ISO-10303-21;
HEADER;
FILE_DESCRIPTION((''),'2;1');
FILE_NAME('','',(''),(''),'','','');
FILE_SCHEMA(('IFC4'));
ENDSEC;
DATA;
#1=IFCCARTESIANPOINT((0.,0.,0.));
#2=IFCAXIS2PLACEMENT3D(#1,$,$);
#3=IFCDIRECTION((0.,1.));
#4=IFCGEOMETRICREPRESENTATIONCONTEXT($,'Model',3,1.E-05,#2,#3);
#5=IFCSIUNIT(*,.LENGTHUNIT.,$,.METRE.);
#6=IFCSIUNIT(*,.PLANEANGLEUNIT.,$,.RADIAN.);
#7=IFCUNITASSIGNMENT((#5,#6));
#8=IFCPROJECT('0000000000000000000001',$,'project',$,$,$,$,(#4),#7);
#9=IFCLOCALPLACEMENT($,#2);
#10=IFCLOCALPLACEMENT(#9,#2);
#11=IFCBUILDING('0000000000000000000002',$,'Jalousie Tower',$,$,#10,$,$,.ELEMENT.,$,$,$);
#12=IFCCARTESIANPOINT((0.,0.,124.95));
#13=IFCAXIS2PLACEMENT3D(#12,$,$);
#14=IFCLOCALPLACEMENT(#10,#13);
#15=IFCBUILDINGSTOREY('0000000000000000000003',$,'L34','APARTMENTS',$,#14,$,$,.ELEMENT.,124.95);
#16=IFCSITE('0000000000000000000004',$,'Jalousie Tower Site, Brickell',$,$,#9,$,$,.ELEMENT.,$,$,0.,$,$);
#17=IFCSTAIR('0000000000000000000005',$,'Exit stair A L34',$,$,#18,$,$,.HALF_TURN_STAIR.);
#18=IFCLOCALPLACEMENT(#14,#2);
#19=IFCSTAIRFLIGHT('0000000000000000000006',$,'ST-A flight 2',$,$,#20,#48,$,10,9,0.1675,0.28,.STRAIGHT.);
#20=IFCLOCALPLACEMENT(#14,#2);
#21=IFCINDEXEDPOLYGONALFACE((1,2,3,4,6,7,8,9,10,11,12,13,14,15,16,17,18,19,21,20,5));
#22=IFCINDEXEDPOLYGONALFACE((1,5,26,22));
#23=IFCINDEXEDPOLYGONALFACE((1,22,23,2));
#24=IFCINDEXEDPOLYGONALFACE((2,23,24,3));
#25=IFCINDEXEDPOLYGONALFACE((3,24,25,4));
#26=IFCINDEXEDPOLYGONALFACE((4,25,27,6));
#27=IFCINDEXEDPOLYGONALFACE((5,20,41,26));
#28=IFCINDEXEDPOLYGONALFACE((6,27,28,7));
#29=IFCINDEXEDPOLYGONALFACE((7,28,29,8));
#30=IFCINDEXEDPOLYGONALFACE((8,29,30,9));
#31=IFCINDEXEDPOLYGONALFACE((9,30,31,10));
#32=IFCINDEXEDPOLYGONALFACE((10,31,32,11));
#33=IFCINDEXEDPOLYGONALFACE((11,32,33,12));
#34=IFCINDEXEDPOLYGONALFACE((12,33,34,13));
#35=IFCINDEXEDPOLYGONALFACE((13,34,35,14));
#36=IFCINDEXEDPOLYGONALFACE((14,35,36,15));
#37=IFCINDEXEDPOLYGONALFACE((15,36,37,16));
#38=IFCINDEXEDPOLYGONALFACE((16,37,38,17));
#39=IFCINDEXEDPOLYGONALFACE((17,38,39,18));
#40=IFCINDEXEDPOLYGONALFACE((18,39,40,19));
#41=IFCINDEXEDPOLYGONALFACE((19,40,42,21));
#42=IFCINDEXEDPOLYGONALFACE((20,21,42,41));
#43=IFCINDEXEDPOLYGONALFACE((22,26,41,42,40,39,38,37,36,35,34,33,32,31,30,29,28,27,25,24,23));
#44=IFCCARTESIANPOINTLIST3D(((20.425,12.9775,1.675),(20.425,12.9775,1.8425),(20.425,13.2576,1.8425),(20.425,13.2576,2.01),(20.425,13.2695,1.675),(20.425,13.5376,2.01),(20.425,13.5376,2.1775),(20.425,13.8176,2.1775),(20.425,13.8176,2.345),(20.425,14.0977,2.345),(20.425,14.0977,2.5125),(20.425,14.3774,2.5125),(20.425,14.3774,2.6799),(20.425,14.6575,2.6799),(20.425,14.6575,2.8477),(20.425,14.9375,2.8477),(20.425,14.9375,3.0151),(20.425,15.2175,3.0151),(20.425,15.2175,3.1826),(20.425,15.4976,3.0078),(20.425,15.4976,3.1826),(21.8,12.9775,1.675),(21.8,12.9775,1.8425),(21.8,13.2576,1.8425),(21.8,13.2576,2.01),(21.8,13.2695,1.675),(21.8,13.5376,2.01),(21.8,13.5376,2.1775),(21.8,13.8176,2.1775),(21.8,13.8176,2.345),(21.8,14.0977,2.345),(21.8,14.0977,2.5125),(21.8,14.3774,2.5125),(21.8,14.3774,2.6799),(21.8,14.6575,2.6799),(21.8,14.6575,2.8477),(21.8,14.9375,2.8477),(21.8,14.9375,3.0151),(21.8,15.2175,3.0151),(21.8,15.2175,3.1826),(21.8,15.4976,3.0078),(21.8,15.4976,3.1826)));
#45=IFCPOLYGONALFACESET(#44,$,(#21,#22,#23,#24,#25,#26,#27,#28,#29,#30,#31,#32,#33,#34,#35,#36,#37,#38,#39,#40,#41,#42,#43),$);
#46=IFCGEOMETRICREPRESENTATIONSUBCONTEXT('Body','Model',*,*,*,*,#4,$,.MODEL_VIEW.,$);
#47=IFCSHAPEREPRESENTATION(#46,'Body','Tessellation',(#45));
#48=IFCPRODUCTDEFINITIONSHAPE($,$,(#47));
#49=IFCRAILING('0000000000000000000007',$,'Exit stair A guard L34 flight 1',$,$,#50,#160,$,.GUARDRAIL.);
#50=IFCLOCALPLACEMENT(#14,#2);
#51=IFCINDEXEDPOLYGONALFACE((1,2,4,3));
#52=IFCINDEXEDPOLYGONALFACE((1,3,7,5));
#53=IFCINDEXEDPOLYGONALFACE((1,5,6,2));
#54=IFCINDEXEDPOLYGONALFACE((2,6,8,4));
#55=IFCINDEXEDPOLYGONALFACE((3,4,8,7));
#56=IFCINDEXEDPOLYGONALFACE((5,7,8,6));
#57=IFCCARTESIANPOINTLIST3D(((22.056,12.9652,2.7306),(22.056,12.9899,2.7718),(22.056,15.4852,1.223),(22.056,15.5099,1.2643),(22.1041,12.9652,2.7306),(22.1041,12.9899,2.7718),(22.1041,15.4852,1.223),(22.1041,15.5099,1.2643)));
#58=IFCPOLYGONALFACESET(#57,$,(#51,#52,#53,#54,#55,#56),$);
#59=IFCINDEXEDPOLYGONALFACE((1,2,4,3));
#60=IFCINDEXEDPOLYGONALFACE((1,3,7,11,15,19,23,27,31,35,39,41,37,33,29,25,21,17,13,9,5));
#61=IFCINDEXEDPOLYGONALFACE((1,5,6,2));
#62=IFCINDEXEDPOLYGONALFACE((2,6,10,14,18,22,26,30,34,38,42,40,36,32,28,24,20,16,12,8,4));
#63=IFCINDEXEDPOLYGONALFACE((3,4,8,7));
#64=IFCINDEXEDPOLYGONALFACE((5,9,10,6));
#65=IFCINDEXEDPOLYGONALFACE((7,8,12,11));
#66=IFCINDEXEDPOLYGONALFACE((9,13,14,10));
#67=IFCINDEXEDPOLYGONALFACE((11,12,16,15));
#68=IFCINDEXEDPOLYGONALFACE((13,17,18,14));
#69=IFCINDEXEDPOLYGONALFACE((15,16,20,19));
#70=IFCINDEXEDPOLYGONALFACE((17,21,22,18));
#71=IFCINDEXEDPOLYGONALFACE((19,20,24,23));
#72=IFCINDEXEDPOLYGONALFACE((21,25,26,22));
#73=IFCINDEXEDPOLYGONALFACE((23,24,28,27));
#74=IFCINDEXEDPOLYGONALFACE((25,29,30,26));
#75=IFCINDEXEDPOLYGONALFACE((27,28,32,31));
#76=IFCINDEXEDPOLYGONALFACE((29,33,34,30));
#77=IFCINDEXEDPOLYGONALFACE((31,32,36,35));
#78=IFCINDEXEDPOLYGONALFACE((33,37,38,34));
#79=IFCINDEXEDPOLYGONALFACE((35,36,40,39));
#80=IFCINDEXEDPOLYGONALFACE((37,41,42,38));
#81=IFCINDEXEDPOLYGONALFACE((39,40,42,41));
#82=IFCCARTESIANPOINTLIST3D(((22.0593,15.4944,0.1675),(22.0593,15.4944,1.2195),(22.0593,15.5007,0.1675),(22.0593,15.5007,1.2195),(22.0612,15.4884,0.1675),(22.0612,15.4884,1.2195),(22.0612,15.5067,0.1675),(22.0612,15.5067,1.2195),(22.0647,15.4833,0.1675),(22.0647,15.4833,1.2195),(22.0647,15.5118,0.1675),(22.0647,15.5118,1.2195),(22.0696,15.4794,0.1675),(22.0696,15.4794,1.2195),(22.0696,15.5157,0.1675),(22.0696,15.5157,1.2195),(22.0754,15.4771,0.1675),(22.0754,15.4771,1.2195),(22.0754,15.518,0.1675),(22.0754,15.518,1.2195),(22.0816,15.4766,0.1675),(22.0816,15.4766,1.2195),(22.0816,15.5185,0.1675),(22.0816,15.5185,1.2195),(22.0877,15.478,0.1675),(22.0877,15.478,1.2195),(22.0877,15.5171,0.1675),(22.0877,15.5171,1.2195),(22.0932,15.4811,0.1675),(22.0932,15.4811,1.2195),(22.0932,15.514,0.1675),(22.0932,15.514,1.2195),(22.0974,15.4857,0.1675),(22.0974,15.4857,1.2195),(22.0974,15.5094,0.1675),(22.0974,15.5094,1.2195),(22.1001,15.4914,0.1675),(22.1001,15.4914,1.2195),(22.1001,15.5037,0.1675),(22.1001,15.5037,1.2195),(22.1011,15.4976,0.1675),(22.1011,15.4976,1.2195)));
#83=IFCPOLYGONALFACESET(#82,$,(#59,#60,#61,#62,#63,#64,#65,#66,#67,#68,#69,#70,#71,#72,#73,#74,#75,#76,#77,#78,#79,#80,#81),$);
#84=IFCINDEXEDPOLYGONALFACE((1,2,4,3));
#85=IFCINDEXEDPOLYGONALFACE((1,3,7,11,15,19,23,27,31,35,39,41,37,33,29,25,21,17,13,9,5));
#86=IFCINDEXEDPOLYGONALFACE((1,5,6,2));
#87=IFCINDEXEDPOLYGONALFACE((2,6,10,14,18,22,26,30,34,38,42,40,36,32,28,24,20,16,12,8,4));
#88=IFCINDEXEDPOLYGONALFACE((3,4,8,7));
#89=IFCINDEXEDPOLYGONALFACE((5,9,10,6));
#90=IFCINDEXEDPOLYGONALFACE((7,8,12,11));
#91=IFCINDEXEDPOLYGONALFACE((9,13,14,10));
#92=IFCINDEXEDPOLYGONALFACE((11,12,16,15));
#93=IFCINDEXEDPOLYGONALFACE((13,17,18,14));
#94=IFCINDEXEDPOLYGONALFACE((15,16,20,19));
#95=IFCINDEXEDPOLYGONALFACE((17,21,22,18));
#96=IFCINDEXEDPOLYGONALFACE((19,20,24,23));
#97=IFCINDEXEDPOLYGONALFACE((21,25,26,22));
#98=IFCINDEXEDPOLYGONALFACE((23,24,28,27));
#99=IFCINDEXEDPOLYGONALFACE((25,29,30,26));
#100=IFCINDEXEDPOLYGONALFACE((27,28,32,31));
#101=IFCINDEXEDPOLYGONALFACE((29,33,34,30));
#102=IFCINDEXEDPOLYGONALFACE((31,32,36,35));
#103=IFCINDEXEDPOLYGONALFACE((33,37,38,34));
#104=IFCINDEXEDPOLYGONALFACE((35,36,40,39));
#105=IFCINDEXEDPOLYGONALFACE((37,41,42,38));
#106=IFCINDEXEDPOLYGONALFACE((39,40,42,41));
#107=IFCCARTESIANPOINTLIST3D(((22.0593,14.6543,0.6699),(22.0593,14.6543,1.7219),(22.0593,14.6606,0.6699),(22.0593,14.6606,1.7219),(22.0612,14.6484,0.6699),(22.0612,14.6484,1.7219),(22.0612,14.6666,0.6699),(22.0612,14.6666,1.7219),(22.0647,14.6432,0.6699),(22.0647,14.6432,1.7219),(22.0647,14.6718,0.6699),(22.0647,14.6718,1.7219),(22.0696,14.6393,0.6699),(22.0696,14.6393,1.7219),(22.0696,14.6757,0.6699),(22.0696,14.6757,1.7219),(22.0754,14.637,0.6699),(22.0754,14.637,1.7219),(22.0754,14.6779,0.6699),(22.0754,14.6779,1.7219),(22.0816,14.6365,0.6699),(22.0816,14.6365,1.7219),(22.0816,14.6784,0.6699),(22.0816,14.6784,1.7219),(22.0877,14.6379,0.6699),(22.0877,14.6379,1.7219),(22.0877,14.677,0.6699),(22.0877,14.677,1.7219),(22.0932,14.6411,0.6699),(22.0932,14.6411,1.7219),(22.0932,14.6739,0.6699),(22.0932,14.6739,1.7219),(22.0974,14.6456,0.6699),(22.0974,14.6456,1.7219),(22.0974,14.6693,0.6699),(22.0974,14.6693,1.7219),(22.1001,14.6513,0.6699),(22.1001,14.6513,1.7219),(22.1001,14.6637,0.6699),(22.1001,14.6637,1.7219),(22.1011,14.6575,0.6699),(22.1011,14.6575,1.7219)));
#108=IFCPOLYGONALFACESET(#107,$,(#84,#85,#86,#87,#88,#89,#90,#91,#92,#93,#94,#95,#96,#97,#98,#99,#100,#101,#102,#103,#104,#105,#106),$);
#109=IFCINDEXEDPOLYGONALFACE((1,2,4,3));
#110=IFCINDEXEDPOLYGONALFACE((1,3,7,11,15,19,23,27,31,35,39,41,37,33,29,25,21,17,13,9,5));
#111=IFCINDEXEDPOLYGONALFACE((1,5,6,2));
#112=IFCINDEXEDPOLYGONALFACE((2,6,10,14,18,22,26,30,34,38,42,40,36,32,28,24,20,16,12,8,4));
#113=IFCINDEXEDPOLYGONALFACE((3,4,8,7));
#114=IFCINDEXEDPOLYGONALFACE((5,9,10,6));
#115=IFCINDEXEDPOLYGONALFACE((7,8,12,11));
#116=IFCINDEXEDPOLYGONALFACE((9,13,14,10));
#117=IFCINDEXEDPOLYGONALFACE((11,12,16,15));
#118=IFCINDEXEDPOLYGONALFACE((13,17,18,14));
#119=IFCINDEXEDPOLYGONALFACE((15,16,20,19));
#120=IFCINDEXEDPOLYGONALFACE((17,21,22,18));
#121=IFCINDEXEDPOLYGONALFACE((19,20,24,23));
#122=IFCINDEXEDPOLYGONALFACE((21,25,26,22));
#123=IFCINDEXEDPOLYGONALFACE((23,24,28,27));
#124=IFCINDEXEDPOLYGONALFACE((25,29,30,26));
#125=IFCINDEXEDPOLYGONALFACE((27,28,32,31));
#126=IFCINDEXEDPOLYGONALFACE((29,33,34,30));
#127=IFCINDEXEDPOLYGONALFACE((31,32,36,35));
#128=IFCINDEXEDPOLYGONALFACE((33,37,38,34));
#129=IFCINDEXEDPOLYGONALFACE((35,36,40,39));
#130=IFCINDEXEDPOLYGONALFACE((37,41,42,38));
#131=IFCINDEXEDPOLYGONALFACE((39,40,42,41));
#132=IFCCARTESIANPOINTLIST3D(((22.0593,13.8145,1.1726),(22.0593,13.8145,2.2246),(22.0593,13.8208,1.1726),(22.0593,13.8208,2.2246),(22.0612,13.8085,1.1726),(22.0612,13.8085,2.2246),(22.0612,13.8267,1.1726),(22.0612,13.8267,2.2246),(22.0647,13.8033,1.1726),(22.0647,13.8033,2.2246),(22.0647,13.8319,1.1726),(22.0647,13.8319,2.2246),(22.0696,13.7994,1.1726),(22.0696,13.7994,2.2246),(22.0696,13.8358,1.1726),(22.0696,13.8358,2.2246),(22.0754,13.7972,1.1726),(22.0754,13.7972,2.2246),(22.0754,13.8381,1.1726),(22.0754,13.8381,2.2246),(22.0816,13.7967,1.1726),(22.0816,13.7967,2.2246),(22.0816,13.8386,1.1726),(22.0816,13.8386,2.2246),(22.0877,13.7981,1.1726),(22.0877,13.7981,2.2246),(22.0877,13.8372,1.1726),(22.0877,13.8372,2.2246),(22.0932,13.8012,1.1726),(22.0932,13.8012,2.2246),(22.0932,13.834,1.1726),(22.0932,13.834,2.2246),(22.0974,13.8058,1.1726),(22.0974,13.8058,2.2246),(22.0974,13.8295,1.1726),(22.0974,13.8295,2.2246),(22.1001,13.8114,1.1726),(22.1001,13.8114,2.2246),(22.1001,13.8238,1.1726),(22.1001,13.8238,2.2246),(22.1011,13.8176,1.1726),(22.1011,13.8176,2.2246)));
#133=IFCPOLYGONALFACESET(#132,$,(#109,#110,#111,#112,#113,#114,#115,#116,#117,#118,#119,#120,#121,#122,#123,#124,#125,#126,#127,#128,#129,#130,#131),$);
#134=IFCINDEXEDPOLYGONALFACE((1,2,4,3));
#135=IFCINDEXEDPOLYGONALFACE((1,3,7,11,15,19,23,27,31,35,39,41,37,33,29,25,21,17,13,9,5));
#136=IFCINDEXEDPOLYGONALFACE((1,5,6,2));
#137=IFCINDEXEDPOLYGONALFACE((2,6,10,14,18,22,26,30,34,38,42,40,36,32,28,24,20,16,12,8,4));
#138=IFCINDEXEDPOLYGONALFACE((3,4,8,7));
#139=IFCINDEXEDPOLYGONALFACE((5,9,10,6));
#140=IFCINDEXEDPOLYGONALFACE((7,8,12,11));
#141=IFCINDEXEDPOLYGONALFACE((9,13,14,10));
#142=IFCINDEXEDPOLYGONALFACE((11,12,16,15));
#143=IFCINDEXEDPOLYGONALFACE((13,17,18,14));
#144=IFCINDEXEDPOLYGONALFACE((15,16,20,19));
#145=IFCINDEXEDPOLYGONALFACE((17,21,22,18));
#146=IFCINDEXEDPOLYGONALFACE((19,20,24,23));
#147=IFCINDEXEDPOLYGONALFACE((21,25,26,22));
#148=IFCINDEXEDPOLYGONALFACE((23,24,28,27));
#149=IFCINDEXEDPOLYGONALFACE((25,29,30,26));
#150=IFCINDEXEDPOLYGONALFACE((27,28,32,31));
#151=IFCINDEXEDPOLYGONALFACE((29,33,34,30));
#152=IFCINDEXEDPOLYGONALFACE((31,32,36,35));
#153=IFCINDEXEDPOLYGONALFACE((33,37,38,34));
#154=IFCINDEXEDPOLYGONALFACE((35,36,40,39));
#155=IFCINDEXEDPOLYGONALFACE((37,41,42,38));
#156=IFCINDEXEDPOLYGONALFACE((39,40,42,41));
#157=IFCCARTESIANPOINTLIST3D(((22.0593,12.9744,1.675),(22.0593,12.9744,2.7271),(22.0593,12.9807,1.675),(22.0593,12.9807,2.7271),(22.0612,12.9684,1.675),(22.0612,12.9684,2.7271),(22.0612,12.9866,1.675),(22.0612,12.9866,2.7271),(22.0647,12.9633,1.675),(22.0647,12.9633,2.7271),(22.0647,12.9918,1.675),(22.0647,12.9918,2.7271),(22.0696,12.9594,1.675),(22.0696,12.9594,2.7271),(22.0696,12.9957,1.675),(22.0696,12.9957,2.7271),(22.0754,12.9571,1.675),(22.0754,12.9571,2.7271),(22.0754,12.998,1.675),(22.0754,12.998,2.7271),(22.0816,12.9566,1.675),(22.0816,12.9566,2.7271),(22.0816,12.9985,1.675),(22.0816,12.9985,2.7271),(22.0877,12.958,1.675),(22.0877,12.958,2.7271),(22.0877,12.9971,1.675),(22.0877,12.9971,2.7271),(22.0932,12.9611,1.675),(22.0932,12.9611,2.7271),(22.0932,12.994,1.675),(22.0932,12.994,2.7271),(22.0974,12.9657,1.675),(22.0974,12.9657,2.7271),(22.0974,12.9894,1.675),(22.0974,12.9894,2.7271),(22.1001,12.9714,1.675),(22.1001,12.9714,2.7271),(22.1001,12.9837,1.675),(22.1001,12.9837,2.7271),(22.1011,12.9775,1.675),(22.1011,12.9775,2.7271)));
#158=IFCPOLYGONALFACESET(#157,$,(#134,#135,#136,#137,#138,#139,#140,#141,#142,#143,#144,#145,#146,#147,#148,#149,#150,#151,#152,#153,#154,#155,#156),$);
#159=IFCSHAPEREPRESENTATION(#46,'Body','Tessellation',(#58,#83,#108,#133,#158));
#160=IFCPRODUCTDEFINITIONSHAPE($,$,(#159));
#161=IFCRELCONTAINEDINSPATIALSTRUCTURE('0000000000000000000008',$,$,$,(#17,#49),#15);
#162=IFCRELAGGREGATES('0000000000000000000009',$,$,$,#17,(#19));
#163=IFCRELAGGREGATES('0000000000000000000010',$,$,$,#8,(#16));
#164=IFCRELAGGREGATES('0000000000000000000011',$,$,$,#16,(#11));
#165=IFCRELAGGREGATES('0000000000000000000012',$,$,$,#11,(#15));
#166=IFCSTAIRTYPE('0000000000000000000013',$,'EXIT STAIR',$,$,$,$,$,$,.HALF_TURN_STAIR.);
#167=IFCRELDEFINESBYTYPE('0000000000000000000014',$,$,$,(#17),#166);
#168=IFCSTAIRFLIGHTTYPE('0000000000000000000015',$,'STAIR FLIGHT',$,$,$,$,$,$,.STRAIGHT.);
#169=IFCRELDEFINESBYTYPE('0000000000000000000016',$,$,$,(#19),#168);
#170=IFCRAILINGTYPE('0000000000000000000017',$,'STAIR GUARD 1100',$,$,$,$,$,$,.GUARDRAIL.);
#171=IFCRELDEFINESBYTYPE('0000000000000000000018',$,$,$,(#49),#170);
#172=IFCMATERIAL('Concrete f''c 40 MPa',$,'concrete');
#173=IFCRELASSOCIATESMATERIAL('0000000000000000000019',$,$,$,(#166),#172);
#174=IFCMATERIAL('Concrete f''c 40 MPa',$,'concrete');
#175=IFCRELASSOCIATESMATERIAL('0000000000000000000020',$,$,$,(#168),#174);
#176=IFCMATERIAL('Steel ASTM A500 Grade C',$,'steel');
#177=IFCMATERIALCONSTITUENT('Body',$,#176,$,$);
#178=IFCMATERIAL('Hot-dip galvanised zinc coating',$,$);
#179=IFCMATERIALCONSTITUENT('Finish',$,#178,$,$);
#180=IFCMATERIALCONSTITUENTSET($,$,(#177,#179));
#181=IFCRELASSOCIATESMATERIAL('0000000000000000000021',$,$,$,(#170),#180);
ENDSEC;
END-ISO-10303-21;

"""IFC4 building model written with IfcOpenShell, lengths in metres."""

from ifc_helpers import new_model, si_unit, direction, frame, origin, origin_2d, place, context, subcontext, project, spatial, polyline, rectangle, circle, outline, extrude, material, constituent, constituent_set, type_object, element, aggregate, save


model = new_model("IFC4")

# Units and contexts
model_context = context("Model", 3, precision=1e-05, world=origin(), true_north=direction((0.0, 1.0)))
body_context = subcontext(model_context, "Body", "Model", "MODEL_VIEW")
ifc_project = project(units=[si_unit("LENGTHUNIT", "METRE"), si_unit("PLANEANGLEUNIT", "RADIAN")], contexts=[model_context])

# Site, building, storey
site_placement = place(None, origin())
site = spatial("IfcSite", under=ifc_project, at=site_placement, Name="Jalousie Tower Site, Brickell", CompositionType="ELEMENT", RefElevation=0.0)
building_placement = place(site_placement, origin())
building = spatial("IfcBuilding", under=site, at=building_placement, Name="Jalousie Tower", CompositionType="ELEMENT")
storey_placement = place(building_placement, frame((0.0, 0.0, 124.95)))
storey = spatial("IfcBuildingStorey", under=building, at=storey_placement, Name="L34", Description="APARTMENTS", CompositionType="ELEMENT", Elevation=124.95)

# Stair, stair flight
ifc_material_1 = material(Name="Concrete f'c 40 MPa", Category="concrete")
stair_type = type_object("IfcStairType", Name="EXIT STAIR", PredefinedType="HALF_TURN_STAIR", material=ifc_material_1)
stair_placement = place(storey_placement, origin())
stair = element("IfcStair", 1, at=stair_placement, inside=storey, type_object=stair_type, Name="Exit stair A L34", PredefinedType="HALF_TURN_STAIR")
ifc_material_2 = material(Name="Concrete f'c 40 MPa", Category="concrete")
stair_flight_type = type_object("IfcStairFlightType", Name="STAIR FLIGHT", PredefinedType="STRAIGHT", material=ifc_material_2)
stair_flight_1_placement = place(storey_placement, frame((21.1125, 12.9775, 1.675), z_axis=(0.0, 0.0, 1.0), x_axis=(0.0, 1.0, 0.0)))
stair_flight_1 = element("IfcStairFlight", 2, at=stair_flight_1_placement, type_object=stair_flight_type, Name="ST-A flight 2", NumberOfRisers=10, NumberOfTreads=9, PredefinedType="STRAIGHT", RiserHeight=0.1675, TreadLength=0.28, context=body_context, shape_type="SweptSolid", body=[
    extrude(outline(polyline([(0.0, 0.0), (0.0, 0.1675), (0.28, 0.1675), (0.28, 0.335), (0.5601, 0.335), (0.5601, 0.5024), (0.8401, 0.5024), (0.8401, 0.6699), (1.1201, 0.6699), (1.1201, 0.8374), (1.3999, 0.8374), (1.3999, 1.0049), (1.6799, 1.0049), (1.6799, 1.1726), (1.96, 1.1726), (1.96, 1.3401), (2.24, 1.3401), (2.24, 1.5076), (2.52, 1.5076), (2.52, 1.675), (2.52, 1.3328), (0.292, 0.0), (0.0, 0.0)])), frame((0.0, 0.6875, 0.0), z_axis=(0.0, -1.0, 0.0), x_axis=(1.0, 0.0, 0.0)), (0.0, 0.0, 1.0), 1.375),
])
aggregate(stair, [stair_flight_1])

# Railing
ifc_material_3 = material(Name="Steel ASTM A500 Grade C", Category="steel")
ifc_constituent_1 = constituent(ifc_material_3, Name="Body")
ifc_material_4 = material(Name="Hot-dip galvanised zinc coating")
ifc_constituent_2 = constituent(ifc_material_4, Name="Finish")
ifc_constituent_set_1 = constituent_set(constituents=[ifc_constituent_1, ifc_constituent_2])
railing_type_1 = type_object("IfcRailingType", Name="STAIR GUARD 1100", PredefinedType="GUARDRAIL", material=ifc_constituent_set_1)
railing_1_placement = place(storey_placement, frame((22.0801, 15.4976, 0.1675)))
element("IfcRailing", 3, at=railing_1_placement, inside=storey, type_object=railing_type_1, Name="Exit stair A guard L34 flight 1", PredefinedType="GUARDRAIL", context=body_context, shape_type="SweptSolid", body=[
    extrude(rectangle(XDim=0.0481, YDim=0.0481, at=origin_2d()), frame((0.0, 0.0, 1.0762), z_axis=(0.0, -0.85816, 0.513383), x_axis=(1.0, 0.0, 0.0)), (0.0, 0.0, 1.0), 2.9365),
    extrude(circle(Radius=0.021, at=origin_2d()), origin(), (0.0, 0.0, 1.0), 1.052),
    extrude(circle(Radius=0.021, at=origin_2d()), frame((0.0, -0.8401, 0.5024)), (0.0, 0.0, 1.0), 1.052),
    extrude(circle(Radius=0.021, at=origin_2d()), frame((0.0, -1.6799, 1.0051)), (0.0, 0.0, 1.0), 1.052),
    extrude(circle(Radius=0.021, at=origin_2d()), frame((0.0, -2.52, 1.5076)), (0.0, 0.0, 1.0), 1.052),
])

save(model, "model.ifc")
